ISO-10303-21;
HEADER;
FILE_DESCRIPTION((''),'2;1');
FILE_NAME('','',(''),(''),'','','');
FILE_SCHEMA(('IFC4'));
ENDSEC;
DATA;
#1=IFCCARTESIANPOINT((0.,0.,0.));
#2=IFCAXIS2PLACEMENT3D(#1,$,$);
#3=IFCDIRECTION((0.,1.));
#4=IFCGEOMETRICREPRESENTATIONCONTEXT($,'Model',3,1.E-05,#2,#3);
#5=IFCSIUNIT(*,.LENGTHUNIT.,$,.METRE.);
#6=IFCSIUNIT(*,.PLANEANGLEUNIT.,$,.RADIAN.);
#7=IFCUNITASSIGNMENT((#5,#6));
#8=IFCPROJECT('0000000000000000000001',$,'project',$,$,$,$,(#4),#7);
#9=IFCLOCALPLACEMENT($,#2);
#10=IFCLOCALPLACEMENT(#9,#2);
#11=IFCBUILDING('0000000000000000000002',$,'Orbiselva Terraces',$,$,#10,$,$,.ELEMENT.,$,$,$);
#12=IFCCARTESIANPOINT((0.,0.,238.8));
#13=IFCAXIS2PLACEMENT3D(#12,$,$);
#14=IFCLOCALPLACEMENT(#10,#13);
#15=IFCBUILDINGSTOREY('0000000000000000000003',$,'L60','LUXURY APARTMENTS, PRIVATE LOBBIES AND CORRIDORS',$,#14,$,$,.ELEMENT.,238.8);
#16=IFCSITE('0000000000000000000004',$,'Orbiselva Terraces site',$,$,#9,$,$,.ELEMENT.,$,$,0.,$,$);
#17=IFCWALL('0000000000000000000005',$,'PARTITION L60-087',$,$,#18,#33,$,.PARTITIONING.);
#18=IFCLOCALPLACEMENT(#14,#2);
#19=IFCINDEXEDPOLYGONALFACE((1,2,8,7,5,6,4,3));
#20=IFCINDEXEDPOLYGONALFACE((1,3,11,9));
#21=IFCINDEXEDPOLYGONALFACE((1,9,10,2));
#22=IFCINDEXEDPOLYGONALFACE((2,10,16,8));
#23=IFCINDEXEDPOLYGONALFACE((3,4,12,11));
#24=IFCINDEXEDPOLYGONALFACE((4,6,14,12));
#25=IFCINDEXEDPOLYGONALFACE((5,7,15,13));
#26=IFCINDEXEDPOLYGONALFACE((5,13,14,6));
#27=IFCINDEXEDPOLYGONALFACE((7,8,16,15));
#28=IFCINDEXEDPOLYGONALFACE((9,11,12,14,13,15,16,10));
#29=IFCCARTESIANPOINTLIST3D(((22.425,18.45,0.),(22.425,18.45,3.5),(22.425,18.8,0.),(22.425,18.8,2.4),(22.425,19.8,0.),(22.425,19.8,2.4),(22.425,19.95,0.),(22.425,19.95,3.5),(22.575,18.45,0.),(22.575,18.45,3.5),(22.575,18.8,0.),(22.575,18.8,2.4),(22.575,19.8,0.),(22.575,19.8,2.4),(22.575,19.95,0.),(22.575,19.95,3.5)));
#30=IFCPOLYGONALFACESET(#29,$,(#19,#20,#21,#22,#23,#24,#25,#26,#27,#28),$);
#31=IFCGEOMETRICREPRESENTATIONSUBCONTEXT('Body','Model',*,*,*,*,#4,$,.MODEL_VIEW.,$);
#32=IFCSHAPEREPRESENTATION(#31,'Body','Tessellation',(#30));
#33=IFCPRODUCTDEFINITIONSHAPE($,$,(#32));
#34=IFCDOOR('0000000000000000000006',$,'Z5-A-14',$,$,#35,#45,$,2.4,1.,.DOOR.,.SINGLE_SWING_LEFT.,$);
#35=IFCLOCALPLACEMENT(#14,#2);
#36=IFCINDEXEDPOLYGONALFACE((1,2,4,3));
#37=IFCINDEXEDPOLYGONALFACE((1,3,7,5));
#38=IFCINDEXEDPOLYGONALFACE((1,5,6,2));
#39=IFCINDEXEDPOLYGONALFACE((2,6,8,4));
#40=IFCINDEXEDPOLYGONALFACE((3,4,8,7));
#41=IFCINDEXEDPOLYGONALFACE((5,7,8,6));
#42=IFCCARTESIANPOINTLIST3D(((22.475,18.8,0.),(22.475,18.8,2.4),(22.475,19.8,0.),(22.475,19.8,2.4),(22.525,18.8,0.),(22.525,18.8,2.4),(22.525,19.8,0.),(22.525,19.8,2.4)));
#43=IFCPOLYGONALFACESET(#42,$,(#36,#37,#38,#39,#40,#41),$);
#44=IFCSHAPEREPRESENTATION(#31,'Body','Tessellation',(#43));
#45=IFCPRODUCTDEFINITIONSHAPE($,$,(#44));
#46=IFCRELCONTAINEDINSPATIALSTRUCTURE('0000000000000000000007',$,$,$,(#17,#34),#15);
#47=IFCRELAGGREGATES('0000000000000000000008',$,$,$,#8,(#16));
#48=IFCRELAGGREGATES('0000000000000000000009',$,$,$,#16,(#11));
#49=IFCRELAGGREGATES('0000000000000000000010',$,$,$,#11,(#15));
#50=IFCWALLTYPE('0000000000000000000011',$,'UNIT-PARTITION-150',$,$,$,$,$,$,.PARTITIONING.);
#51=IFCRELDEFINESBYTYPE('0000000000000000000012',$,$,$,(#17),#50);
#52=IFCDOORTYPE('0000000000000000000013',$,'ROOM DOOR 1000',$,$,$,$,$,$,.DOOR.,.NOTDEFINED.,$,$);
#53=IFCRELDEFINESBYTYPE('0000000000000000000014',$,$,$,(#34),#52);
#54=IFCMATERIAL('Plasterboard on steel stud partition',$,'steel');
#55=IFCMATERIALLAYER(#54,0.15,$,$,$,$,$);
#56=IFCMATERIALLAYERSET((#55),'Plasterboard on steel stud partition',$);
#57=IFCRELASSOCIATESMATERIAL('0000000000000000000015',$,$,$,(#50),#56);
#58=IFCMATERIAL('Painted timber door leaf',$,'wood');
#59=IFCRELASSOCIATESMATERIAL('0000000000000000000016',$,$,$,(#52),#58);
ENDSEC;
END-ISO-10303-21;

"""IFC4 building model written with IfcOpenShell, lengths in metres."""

from ifc_helpers import new_model, si_unit, direction, frame, frame_2d, origin, place, context, subcontext, project, spatial, rectangle, extrude, material, layer, layer_set, type_object, element, fill, save


model = new_model("IFC4")

# Units and contexts
model_context = context("Model", 3, precision=1e-05, world=origin(), true_north=direction((0.0, 1.0)))
body_context = subcontext(model_context, "Body", "Model", "MODEL_VIEW")
ifc_project = project(units=[si_unit("LENGTHUNIT", "METRE"), si_unit("PLANEANGLEUNIT", "RADIAN")], contexts=[model_context])

# Site, building, storey
site_placement = place(None, origin())
site = spatial("IfcSite", under=ifc_project, at=site_placement, Name="Orbiselva Terraces site", CompositionType="ELEMENT", RefElevation=0.0)
building_placement = place(site_placement, origin())
building = spatial("IfcBuilding", under=site, at=building_placement, Name="Orbiselva Terraces", CompositionType="ELEMENT")
storey_placement = place(building_placement, frame((0.0, 0.0, 238.8)))
storey = spatial("IfcBuildingStorey", under=building, at=storey_placement, Name="L60", Description="LUXURY APARTMENTS, PRIVATE LOBBIES AND CORRIDORS", CompositionType="ELEMENT", Elevation=238.8)

# Shared definitions
ifc_material_1 = material(Name="Plasterboard on steel stud partition", Category="steel")
ifc_material_2 = material(Name="Painted timber door leaf", Category="wood")

# Shared definitions
ifc_layer_1 = layer(ifc_material_1, 0.15)
ifc_layer_set_1 = layer_set([ifc_layer_1], Name="Plasterboard on steel stud partition")
wall_type_1 = type_object("IfcWallType", Name="UNIT-PARTITION-150", PredefinedType="PARTITIONING", material=ifc_layer_set_1)
door_type_1 = type_object("IfcDoorType", Name="ROOM DOOR 1000", OperationType="NOTDEFINED", PredefinedType="DOOR", material=ifc_material_2)

# Wall, opening, door
wall_1_placement = place(storey_placement, frame((22.5, 19.95, 0.0), z_axis=(0.0, 0.0, 1.0), x_axis=(0.0, -1.0, 0.0)))
wall_1 = element("IfcWall", 1, at=wall_1_placement, inside=storey, type_object=wall_type_1, Name="PARTITION L60-087", PredefinedType="PARTITIONING", context=body_context, shape_type="SweptSolid", body=[
    extrude(rectangle(XDim=1.5, YDim=0.15, at=frame_2d((0.75, 0.0))), origin(), (0.0, 0.0, 1.0), 3.5),
])
opening_1_placement = place(wall_1_placement, frame((0.15, 0.0, 0.0)))
opening_1 = element("IfcOpeningElement", 2, at=opening_1_placement, cuts=wall_1, PredefinedType="OPENING", context=body_context, shape_type="SweptSolid", body=[
    extrude(rectangle(XDim=1.0, YDim=2.4, at=frame_2d((0.5, 1.2))), frame((0.0, 0.085, 0.0), z_axis=(0.0, -1.0, 0.0), x_axis=(1.0, 0.0, 0.0)), (0.0, 0.0, 1.0), 0.17),
])
door_1_placement = place(opening_1_placement, origin())
door_1 = element("IfcDoor", 3, at=door_1_placement, inside=storey, type_object=door_type_1, Name="Z5-A-14", OperationType="SINGLE_SWING_LEFT", OverallHeight=2.4, OverallWidth=1.0, PredefinedType="DOOR", context=body_context, shape_type="SweptSolid", body=[
    extrude(rectangle(XDim=1.0, YDim=2.4, at=frame_2d((0.5, 1.2))), frame((0.0, 0.025, 0.0), z_axis=(0.0, -1.0, 0.0), x_axis=(1.0, 0.0, 0.0)), (0.0, 0.0, 1.0), 0.05),
])
fill(opening_1, door_1)

save(model, "model.ifc")
